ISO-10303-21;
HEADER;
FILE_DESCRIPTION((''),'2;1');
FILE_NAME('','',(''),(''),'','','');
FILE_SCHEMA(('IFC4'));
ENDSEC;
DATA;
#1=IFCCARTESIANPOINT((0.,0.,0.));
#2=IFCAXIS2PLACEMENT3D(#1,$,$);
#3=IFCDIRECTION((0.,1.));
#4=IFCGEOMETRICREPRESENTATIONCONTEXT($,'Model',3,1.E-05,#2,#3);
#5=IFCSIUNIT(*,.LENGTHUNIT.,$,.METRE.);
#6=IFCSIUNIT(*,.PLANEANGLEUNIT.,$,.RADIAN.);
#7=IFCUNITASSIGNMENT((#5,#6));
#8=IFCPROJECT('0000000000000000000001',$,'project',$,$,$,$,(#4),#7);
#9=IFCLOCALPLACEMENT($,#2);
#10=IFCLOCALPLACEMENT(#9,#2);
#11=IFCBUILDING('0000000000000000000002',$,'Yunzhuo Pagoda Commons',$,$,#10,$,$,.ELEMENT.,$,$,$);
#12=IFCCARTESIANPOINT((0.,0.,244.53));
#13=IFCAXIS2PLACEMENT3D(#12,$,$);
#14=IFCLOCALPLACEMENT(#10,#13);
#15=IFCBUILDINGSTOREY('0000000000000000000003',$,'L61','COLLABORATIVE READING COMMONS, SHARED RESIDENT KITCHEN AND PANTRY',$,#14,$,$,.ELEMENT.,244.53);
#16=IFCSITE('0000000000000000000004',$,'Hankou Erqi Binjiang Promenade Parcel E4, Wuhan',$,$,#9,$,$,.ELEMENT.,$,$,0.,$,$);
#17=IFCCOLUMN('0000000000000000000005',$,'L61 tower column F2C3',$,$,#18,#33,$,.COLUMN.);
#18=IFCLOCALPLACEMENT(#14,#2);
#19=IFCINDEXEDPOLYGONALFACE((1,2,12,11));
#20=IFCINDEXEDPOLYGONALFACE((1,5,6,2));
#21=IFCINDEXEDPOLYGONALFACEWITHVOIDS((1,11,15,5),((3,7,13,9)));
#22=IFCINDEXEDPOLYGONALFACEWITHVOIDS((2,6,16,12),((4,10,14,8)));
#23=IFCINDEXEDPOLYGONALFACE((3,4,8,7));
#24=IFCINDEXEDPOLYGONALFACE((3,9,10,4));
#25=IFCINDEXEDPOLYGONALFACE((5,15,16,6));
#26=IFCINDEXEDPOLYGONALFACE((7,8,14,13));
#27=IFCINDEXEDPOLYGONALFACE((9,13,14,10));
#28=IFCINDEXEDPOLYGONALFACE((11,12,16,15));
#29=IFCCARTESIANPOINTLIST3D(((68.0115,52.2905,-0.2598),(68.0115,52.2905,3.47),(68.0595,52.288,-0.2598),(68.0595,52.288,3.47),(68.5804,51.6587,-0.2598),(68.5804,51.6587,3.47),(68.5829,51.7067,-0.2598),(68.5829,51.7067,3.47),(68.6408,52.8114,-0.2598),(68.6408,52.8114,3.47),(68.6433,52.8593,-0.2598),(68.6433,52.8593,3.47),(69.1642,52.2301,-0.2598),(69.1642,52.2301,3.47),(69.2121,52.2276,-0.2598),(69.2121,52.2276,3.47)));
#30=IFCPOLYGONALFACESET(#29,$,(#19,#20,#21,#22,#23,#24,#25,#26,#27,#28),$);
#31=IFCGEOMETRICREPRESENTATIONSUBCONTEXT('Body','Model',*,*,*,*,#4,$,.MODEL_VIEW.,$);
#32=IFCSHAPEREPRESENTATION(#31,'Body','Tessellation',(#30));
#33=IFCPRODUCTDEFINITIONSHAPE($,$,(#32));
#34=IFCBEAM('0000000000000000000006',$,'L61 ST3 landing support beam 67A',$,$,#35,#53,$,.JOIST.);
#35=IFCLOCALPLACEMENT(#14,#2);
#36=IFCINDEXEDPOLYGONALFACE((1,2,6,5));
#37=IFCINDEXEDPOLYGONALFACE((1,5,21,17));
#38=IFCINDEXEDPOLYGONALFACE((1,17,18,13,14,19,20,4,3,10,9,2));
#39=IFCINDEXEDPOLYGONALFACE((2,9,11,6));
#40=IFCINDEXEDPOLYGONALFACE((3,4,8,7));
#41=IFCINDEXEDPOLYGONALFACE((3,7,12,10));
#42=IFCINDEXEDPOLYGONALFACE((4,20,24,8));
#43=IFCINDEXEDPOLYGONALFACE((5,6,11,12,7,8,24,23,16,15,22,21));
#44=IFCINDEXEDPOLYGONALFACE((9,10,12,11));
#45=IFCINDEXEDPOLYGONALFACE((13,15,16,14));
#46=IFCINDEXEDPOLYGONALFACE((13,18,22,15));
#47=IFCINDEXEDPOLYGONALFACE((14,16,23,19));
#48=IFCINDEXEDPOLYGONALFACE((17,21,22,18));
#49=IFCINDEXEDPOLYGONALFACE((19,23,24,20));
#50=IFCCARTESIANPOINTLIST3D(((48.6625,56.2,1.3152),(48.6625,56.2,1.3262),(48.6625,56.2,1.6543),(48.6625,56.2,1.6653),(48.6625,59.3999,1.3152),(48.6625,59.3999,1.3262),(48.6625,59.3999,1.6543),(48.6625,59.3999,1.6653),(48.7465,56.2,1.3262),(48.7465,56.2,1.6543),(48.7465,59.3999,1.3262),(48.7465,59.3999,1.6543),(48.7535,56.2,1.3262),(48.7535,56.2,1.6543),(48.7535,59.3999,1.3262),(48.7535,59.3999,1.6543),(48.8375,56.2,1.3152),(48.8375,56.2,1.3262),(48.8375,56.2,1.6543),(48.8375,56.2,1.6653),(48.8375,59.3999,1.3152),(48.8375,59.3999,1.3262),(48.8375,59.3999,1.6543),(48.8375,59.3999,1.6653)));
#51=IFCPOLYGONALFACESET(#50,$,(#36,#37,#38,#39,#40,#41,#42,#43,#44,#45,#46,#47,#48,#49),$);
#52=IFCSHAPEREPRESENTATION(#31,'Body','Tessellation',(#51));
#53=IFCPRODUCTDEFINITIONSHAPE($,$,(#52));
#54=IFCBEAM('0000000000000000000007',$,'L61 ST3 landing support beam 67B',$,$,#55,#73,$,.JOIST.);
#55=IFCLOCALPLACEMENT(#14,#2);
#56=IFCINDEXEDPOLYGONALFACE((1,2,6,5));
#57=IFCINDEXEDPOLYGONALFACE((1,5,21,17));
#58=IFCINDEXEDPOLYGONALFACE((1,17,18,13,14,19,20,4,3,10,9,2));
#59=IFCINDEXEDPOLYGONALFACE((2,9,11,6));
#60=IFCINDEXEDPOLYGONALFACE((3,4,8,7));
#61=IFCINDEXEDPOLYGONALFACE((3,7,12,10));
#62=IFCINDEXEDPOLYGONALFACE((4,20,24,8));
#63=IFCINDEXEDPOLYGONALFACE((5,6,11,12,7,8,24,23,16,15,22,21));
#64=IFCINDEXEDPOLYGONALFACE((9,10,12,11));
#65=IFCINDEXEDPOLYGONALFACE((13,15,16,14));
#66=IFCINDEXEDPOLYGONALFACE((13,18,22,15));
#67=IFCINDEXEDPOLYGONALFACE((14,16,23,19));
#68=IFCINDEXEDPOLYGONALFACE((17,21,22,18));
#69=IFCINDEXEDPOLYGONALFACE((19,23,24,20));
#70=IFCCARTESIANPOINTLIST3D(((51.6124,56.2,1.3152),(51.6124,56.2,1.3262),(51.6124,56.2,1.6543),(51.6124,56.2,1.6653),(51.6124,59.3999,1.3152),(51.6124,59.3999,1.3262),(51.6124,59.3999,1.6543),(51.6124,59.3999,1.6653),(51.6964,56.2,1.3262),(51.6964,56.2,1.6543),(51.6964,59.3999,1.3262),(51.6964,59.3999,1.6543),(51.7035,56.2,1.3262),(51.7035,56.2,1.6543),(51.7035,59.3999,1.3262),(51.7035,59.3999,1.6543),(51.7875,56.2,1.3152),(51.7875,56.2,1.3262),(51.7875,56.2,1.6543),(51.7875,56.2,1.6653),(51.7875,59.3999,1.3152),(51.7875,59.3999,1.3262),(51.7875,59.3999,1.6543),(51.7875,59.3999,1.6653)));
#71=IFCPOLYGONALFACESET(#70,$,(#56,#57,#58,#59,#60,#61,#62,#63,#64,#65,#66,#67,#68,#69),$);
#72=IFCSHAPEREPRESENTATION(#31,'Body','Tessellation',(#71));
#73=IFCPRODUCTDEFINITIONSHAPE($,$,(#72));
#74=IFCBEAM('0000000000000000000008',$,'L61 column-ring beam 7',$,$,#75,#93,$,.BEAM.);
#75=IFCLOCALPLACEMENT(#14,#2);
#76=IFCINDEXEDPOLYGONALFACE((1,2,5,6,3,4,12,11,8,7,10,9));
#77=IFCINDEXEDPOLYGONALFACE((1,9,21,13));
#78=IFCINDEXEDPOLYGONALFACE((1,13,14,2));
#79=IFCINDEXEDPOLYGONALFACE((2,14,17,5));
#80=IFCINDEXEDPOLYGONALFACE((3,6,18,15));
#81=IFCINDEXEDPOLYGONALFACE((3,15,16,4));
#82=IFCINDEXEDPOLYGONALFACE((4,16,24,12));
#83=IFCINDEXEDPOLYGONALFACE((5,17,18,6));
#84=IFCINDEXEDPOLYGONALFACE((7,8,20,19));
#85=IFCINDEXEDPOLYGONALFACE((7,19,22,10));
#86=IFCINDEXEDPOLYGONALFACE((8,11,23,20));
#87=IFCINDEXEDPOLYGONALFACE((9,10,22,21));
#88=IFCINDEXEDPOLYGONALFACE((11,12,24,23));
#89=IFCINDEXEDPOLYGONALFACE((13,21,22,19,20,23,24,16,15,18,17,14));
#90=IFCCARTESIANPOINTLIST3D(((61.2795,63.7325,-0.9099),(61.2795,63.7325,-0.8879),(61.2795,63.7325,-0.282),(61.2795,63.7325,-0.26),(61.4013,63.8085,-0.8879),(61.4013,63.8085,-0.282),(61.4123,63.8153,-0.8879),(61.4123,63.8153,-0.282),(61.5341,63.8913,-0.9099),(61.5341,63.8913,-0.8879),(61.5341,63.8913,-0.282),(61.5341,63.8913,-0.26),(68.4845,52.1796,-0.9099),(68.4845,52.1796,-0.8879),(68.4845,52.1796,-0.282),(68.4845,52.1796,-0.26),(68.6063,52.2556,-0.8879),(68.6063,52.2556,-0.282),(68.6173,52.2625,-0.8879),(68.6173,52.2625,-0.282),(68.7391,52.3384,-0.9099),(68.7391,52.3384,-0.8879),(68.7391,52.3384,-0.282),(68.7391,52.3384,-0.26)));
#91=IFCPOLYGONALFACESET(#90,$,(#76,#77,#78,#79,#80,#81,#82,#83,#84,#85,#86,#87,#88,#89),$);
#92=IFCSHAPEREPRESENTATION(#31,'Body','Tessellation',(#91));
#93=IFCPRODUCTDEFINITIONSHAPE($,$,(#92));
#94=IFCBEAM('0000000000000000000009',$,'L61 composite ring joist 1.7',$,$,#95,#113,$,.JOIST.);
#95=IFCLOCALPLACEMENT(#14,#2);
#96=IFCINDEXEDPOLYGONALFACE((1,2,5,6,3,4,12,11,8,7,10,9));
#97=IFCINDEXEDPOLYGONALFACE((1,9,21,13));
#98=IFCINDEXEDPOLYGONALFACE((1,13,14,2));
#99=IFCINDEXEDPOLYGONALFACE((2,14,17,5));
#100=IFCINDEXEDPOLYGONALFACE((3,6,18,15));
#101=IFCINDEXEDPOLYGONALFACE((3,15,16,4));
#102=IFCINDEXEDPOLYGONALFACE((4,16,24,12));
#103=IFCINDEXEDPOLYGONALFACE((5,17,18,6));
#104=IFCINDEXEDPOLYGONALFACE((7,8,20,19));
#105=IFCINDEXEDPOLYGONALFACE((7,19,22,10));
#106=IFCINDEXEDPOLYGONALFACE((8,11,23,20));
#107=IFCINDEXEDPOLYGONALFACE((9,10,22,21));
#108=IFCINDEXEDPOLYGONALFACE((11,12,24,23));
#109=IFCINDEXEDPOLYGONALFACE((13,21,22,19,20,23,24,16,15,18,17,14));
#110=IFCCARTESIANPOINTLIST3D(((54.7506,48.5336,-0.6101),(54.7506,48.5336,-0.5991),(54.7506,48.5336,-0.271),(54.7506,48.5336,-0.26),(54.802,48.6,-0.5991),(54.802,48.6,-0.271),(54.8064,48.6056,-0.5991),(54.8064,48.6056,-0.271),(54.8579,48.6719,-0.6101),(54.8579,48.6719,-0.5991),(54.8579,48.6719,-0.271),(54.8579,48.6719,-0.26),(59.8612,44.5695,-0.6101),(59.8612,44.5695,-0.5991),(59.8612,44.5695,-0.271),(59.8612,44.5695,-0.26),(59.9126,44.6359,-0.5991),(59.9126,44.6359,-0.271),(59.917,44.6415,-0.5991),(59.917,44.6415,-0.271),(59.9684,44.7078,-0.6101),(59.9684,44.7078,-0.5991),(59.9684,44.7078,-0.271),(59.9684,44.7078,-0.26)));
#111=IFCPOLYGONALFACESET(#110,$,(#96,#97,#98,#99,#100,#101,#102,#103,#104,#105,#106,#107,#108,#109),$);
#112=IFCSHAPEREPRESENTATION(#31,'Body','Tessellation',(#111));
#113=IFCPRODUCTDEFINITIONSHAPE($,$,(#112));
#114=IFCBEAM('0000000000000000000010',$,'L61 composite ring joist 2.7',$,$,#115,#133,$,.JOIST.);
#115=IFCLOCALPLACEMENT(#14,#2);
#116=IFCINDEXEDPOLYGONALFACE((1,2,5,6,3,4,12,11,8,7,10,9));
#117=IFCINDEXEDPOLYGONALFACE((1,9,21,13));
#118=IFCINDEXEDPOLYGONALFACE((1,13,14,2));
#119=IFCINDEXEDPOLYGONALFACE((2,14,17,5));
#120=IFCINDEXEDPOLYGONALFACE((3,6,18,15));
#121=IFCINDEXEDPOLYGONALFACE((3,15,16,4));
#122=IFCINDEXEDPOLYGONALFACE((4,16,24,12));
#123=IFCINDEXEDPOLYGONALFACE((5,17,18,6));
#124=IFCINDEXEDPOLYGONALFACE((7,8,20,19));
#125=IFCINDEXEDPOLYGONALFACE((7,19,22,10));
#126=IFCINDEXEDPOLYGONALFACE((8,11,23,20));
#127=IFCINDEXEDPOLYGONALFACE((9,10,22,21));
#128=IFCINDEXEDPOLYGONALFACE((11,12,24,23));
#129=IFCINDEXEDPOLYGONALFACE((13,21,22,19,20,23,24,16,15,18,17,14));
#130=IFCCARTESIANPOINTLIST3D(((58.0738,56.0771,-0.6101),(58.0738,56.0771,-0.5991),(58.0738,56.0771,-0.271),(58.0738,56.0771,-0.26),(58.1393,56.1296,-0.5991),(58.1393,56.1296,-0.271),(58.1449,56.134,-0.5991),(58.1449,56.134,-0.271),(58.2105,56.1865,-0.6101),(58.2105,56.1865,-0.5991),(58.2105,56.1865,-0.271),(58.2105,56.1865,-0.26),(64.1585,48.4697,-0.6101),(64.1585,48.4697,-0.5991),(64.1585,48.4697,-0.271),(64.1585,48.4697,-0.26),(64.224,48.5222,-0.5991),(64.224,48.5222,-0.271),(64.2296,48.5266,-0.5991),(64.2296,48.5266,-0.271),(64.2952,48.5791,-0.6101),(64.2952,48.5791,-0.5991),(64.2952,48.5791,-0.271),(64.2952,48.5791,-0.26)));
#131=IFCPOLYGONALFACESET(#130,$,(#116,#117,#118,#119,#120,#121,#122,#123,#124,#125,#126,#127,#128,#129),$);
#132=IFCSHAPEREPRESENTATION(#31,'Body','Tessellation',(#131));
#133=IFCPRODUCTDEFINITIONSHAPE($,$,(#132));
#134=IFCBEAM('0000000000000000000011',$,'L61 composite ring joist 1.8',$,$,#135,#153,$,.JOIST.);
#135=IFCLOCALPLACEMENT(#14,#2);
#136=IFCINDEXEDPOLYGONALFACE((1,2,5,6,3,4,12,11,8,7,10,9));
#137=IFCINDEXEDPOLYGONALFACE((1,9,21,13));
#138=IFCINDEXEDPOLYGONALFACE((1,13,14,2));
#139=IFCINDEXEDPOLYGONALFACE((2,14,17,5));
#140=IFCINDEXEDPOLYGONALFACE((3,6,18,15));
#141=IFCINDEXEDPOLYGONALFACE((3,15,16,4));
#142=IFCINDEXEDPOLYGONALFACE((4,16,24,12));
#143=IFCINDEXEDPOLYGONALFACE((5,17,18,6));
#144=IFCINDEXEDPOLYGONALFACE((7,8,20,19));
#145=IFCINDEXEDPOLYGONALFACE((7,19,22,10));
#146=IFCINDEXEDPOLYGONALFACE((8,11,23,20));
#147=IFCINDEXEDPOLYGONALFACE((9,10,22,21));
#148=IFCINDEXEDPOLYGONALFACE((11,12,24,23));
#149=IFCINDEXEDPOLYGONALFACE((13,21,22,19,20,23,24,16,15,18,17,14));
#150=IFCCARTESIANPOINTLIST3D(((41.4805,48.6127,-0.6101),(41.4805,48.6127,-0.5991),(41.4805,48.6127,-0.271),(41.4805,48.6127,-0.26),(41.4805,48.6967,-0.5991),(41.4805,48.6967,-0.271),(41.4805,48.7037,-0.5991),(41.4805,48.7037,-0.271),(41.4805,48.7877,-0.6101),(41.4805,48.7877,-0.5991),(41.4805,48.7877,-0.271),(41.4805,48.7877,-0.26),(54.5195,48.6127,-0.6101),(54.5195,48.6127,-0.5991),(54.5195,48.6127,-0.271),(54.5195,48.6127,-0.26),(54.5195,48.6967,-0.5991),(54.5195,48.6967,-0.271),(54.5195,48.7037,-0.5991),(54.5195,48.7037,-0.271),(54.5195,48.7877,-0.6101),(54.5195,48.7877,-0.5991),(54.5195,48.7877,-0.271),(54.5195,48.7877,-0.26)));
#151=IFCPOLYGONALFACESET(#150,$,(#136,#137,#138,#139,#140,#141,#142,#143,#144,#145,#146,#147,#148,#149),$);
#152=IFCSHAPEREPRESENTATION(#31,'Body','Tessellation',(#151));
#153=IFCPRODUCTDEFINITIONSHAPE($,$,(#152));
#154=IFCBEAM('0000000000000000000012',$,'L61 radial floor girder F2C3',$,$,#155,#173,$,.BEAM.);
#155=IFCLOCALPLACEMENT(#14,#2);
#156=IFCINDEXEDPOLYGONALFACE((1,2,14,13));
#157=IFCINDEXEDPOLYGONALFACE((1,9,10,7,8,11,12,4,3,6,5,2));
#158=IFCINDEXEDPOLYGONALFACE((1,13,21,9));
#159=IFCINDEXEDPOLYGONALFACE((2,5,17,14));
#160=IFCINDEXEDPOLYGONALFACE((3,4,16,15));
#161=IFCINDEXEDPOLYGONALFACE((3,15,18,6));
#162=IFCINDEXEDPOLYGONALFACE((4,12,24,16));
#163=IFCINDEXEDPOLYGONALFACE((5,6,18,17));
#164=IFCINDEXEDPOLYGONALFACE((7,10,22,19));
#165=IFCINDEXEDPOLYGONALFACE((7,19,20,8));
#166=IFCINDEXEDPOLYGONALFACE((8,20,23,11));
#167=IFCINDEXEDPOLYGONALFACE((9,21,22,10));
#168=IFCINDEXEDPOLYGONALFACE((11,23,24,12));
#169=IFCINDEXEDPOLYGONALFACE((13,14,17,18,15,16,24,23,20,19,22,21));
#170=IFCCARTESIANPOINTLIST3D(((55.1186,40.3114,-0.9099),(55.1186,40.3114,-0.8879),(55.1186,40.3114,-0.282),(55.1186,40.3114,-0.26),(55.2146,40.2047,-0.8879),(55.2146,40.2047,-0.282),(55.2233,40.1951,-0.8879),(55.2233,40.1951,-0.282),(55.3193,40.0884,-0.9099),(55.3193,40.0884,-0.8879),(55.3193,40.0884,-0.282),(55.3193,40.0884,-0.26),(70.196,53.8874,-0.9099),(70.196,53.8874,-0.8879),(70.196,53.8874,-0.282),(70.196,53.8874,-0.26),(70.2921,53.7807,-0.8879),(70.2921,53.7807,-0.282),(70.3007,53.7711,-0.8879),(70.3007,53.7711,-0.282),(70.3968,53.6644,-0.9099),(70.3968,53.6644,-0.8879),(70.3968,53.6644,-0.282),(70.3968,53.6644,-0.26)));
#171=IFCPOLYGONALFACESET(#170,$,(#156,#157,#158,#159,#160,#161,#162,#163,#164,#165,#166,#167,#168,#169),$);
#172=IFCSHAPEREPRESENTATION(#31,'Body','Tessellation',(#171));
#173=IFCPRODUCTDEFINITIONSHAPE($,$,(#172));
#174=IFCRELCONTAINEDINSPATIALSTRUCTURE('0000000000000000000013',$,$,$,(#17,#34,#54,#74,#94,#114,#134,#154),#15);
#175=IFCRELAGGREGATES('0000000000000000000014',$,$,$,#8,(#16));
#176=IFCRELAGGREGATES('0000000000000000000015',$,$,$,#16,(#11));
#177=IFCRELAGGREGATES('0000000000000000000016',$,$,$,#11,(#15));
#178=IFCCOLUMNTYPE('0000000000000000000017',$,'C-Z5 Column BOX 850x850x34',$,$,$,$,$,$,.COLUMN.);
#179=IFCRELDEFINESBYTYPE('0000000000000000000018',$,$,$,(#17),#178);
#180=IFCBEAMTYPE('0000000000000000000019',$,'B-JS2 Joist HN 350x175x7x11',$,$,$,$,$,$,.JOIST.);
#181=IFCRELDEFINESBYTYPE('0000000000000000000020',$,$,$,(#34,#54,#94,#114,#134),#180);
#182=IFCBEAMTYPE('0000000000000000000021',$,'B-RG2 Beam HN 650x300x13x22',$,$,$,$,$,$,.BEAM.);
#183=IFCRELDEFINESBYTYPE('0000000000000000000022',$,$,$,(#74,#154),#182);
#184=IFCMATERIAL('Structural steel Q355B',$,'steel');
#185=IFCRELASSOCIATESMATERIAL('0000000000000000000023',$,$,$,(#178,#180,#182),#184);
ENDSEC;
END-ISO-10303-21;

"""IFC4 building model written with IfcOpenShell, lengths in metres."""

from ifc_helpers import new_model, si_unit, direction, frame, origin, origin_2d, place, context, subcontext, project, spatial, hollow_rectangle, i_section, extrude, source, transform, mapped, material, material_profile, profile_set, type_object, element, save


model = new_model("IFC4")

# Units and contexts
model_context = context("Model", 3, precision=1e-05, world=origin(), true_north=direction((0.0, 1.0)))
body_context = subcontext(model_context, "Body", "Model", "MODEL_VIEW")
ifc_project = project(units=[si_unit("LENGTHUNIT", "METRE"), si_unit("PLANEANGLEUNIT", "RADIAN")], contexts=[model_context])

# Site, building, storey
site_placement = place(None, origin())
site = spatial("IfcSite", under=ifc_project, at=site_placement, Name="Hankou Erqi Binjiang Promenade Parcel E4, Wuhan", CompositionType="ELEMENT", RefElevation=0.0)
building_placement = place(site_placement, origin())
building = spatial("IfcBuilding", under=site, at=building_placement, Name="Yunzhuo Pagoda Commons", CompositionType="ELEMENT")
storey_placement = place(building_placement, frame((0.0, 0.0, 244.53)))
storey = spatial("IfcBuildingStorey", under=building, at=storey_placement, Name="L61", Description="COLLABORATIVE READING COMMONS, SHARED RESIDENT KITCHEN AND PANTRY", CompositionType="ELEMENT", Elevation=244.53)

# Column
ifc_material_1 = material(Name="Structural steel Q355B", Category="steel")
ifc_material_profile_1 = material_profile(ifc_material_1, hollow_rectangle(XDim=0.8501, YDim=0.8501, WallThickness=0.0339, at=origin_2d()), Name="Structural steel Q355B")
ifc_profile_set_1 = profile_set([ifc_material_profile_1], Name="Structural steel Q355B")
column_type = type_object("IfcColumnType", Name="C-Z5 Column BOX 850x850x34", PredefinedType="COLUMN", material=ifc_profile_set_1)
shared_shape_1 = source(origin(), body_context, "Body", "SweptSolid", [
    extrude(hollow_rectangle(XDim=0.8501, YDim=0.8501, WallThickness=0.0339, at=origin_2d()), origin(), (0.0, 0.0, 1.0), 3.7297),
])
column_placement = place(storey_placement, frame((68.6118, 52.259, -0.2598), z_axis=(0.0, 0.0, 1.0), x_axis=(-0.669131, 0.743145, 0.0)))
element("IfcColumn", 1, at=column_placement, inside=storey, type_object=column_type, Name="L61 tower column F2C3", PredefinedType="COLUMN", context=body_context, shape_type="MappedRepresentation", body=[
    mapped(shared_shape_1, transform((0.0, 0.0, 0.0), scale=1.0)),
])

# Beams
ifc_material_profile_2 = material_profile(ifc_material_1, i_section(OverallWidth=0.175, OverallDepth=0.3501, WebThickness=0.0071, FlangeThickness=0.011, at=origin_2d()), Name="Structural steel Q355B")
ifc_profile_set_2 = profile_set([ifc_material_profile_2], Name="Structural steel Q355B")
beam_type_1 = type_object("IfcBeamType", Name="B-JS2 Joist HN 350x175x7x11", PredefinedType="JOIST", material=ifc_profile_set_2)
shared_shape_2 = source(origin(), body_context, "Body", "SweptSolid", [
    extrude(i_section(OverallWidth=0.175, OverallDepth=0.3501, WebThickness=0.0071, FlangeThickness=0.011, at=origin_2d()), origin(), (0.0, 0.0, 1.0), 3.2),
])
for number, where, z_axis, x_axis, name in (
    (2, (48.75, 56.2, 1.4902), (0.0, 1.0, 0.0), (-1.0, 0.0, 0.0), "L61 ST3 landing support beam 67A"),
    (3, (51.7, 56.2, 1.4902), (0.0, 1.0, 0.0), (-1.0, 0.0, 0.0), "L61 ST3 landing support beam 67B"),
):
    element("IfcBeam", number, at=place(storey_placement, frame(where, z_axis=z_axis, x_axis=x_axis)), inside=storey, type_object=beam_type_1, Name=name, PredefinedType="JOIST", context=body_context, shape_type="MappedRepresentation", body=[
        mapped(shared_shape_2, transform((0.0, 0.0, 0.0), scale=1.0)),
    ])
ifc_material_profile_3 = material_profile(ifc_material_1, i_section(OverallWidth=0.3, OverallDepth=0.6499, WebThickness=0.0129, FlangeThickness=0.022, at=origin_2d()), Name="Structural steel Q355B")
ifc_profile_set_3 = profile_set([ifc_material_profile_3], Name="Structural steel Q355B")
beam_type_2 = type_object("IfcBeamType", Name="B-RG2 Beam HN 650x300x13x22", PredefinedType="BEAM", material=ifc_profile_set_3)
shared_shape_3 = source(origin(), body_context, "Body", "SweptSolid", [
    extrude(i_section(OverallWidth=0.3, OverallDepth=0.6499, WebThickness=0.0129, FlangeThickness=0.022, at=origin_2d()), origin(), (0.0, 0.0, 1.0), 13.6155),
])
beam_1_placement = place(storey_placement, frame((68.6118, 52.259, -0.585), z_axis=(-0.529178, 0.848511, 0.0), x_axis=(-0.848511, -0.529178, 0.0)))
element("IfcBeam", 4, at=beam_1_placement, inside=storey, type_object=beam_type_2, Name="L61 column-ring beam 7", PredefinedType="BEAM", context=body_context, shape_type="MappedRepresentation", body=[
    mapped(shared_shape_3, transform((0.0, 0.0, 0.0), scale=1.0)),
])
shared_shape_4 = source(origin(), body_context, "Body", "SweptSolid", [
    extrude(i_section(OverallWidth=0.175, OverallDepth=0.3501, WebThickness=0.0071, FlangeThickness=0.011, at=origin_2d()), origin(), (0.0, 0.0, 1.0), 6.4678),
])
beam_2_placement = place(storey_placement, frame((59.9148, 44.6387, -0.4351), z_axis=(-0.79016, 0.6129, 0.0), x_axis=(-0.6129, -0.79016, 0.0)))
element("IfcBeam", 5, at=beam_2_placement, inside=storey, type_object=beam_type_1, Name="L61 composite ring joist 1.7", PredefinedType="JOIST", context=body_context, shape_type="MappedRepresentation", body=[
    mapped(shared_shape_4, transform((0.0, 0.0, 0.0), scale=1.0)),
])
shared_shape_5 = source(origin(), body_context, "Body", "SweptSolid", [
    extrude(i_section(OverallWidth=0.175, OverallDepth=0.3501, WebThickness=0.0071, FlangeThickness=0.011, at=origin_2d()), origin(), (0.0, 0.0, 1.0), 9.7415),
])
beam_3_placement = place(storey_placement, frame((64.2268, 48.5244, -0.4351), z_axis=(-0.624619, 0.78093, 0.0), x_axis=(-0.78093, -0.624619, 0.0)))
element("IfcBeam", 6, at=beam_3_placement, inside=storey, type_object=beam_type_1, Name="L61 composite ring joist 2.7", PredefinedType="JOIST", context=body_context, shape_type="MappedRepresentation", body=[
    mapped(shared_shape_5, transform((0.0, 0.0, 0.0), scale=1.0)),
])
shared_shape_6 = source(origin(), body_context, "Body", "SweptSolid", [
    extrude(i_section(OverallWidth=0.175, OverallDepth=0.3501, WebThickness=0.0071, FlangeThickness=0.011, at=origin_2d()), origin(), (0.0, 0.0, 1.0), 13.0391),
])
beam_4_placement = place(storey_placement, frame((54.5195, 48.7002, -0.4351), z_axis=(-1.0, 0.0, 0.0), x_axis=(0.0, -1.0, 0.0)))
element("IfcBeam", 7, at=beam_4_placement, inside=storey, type_object=beam_type_1, Name="L61 composite ring joist 1.8", PredefinedType="JOIST", context=body_context, shape_type="MappedRepresentation", body=[
    mapped(shared_shape_6, transform((0.0, 0.0, 0.0), scale=1.0)),
])
shared_shape_7 = source(origin(), body_context, "Body", "SweptSolid", [
    extrude(i_section(OverallWidth=0.3, OverallDepth=0.6499, WebThickness=0.0129, FlangeThickness=0.022, at=origin_2d()), origin(), (0.0, 0.0, 1.0), 20.2888),
])
beam_5_placement = place(storey_placement, frame((70.2964, 53.7759, -0.585), z_axis=(-0.74314, -0.669136, 0.0), x_axis=(0.669136, -0.74314, 0.0)))
element("IfcBeam", 8, at=beam_5_placement, inside=storey, type_object=beam_type_2, Name="L61 radial floor girder F2C3", PredefinedType="BEAM", context=body_context, shape_type="MappedRepresentation", body=[
    mapped(shared_shape_7, transform((0.0, 0.0, 0.0), scale=1.0)),
])

save(model, "model.ifc")
